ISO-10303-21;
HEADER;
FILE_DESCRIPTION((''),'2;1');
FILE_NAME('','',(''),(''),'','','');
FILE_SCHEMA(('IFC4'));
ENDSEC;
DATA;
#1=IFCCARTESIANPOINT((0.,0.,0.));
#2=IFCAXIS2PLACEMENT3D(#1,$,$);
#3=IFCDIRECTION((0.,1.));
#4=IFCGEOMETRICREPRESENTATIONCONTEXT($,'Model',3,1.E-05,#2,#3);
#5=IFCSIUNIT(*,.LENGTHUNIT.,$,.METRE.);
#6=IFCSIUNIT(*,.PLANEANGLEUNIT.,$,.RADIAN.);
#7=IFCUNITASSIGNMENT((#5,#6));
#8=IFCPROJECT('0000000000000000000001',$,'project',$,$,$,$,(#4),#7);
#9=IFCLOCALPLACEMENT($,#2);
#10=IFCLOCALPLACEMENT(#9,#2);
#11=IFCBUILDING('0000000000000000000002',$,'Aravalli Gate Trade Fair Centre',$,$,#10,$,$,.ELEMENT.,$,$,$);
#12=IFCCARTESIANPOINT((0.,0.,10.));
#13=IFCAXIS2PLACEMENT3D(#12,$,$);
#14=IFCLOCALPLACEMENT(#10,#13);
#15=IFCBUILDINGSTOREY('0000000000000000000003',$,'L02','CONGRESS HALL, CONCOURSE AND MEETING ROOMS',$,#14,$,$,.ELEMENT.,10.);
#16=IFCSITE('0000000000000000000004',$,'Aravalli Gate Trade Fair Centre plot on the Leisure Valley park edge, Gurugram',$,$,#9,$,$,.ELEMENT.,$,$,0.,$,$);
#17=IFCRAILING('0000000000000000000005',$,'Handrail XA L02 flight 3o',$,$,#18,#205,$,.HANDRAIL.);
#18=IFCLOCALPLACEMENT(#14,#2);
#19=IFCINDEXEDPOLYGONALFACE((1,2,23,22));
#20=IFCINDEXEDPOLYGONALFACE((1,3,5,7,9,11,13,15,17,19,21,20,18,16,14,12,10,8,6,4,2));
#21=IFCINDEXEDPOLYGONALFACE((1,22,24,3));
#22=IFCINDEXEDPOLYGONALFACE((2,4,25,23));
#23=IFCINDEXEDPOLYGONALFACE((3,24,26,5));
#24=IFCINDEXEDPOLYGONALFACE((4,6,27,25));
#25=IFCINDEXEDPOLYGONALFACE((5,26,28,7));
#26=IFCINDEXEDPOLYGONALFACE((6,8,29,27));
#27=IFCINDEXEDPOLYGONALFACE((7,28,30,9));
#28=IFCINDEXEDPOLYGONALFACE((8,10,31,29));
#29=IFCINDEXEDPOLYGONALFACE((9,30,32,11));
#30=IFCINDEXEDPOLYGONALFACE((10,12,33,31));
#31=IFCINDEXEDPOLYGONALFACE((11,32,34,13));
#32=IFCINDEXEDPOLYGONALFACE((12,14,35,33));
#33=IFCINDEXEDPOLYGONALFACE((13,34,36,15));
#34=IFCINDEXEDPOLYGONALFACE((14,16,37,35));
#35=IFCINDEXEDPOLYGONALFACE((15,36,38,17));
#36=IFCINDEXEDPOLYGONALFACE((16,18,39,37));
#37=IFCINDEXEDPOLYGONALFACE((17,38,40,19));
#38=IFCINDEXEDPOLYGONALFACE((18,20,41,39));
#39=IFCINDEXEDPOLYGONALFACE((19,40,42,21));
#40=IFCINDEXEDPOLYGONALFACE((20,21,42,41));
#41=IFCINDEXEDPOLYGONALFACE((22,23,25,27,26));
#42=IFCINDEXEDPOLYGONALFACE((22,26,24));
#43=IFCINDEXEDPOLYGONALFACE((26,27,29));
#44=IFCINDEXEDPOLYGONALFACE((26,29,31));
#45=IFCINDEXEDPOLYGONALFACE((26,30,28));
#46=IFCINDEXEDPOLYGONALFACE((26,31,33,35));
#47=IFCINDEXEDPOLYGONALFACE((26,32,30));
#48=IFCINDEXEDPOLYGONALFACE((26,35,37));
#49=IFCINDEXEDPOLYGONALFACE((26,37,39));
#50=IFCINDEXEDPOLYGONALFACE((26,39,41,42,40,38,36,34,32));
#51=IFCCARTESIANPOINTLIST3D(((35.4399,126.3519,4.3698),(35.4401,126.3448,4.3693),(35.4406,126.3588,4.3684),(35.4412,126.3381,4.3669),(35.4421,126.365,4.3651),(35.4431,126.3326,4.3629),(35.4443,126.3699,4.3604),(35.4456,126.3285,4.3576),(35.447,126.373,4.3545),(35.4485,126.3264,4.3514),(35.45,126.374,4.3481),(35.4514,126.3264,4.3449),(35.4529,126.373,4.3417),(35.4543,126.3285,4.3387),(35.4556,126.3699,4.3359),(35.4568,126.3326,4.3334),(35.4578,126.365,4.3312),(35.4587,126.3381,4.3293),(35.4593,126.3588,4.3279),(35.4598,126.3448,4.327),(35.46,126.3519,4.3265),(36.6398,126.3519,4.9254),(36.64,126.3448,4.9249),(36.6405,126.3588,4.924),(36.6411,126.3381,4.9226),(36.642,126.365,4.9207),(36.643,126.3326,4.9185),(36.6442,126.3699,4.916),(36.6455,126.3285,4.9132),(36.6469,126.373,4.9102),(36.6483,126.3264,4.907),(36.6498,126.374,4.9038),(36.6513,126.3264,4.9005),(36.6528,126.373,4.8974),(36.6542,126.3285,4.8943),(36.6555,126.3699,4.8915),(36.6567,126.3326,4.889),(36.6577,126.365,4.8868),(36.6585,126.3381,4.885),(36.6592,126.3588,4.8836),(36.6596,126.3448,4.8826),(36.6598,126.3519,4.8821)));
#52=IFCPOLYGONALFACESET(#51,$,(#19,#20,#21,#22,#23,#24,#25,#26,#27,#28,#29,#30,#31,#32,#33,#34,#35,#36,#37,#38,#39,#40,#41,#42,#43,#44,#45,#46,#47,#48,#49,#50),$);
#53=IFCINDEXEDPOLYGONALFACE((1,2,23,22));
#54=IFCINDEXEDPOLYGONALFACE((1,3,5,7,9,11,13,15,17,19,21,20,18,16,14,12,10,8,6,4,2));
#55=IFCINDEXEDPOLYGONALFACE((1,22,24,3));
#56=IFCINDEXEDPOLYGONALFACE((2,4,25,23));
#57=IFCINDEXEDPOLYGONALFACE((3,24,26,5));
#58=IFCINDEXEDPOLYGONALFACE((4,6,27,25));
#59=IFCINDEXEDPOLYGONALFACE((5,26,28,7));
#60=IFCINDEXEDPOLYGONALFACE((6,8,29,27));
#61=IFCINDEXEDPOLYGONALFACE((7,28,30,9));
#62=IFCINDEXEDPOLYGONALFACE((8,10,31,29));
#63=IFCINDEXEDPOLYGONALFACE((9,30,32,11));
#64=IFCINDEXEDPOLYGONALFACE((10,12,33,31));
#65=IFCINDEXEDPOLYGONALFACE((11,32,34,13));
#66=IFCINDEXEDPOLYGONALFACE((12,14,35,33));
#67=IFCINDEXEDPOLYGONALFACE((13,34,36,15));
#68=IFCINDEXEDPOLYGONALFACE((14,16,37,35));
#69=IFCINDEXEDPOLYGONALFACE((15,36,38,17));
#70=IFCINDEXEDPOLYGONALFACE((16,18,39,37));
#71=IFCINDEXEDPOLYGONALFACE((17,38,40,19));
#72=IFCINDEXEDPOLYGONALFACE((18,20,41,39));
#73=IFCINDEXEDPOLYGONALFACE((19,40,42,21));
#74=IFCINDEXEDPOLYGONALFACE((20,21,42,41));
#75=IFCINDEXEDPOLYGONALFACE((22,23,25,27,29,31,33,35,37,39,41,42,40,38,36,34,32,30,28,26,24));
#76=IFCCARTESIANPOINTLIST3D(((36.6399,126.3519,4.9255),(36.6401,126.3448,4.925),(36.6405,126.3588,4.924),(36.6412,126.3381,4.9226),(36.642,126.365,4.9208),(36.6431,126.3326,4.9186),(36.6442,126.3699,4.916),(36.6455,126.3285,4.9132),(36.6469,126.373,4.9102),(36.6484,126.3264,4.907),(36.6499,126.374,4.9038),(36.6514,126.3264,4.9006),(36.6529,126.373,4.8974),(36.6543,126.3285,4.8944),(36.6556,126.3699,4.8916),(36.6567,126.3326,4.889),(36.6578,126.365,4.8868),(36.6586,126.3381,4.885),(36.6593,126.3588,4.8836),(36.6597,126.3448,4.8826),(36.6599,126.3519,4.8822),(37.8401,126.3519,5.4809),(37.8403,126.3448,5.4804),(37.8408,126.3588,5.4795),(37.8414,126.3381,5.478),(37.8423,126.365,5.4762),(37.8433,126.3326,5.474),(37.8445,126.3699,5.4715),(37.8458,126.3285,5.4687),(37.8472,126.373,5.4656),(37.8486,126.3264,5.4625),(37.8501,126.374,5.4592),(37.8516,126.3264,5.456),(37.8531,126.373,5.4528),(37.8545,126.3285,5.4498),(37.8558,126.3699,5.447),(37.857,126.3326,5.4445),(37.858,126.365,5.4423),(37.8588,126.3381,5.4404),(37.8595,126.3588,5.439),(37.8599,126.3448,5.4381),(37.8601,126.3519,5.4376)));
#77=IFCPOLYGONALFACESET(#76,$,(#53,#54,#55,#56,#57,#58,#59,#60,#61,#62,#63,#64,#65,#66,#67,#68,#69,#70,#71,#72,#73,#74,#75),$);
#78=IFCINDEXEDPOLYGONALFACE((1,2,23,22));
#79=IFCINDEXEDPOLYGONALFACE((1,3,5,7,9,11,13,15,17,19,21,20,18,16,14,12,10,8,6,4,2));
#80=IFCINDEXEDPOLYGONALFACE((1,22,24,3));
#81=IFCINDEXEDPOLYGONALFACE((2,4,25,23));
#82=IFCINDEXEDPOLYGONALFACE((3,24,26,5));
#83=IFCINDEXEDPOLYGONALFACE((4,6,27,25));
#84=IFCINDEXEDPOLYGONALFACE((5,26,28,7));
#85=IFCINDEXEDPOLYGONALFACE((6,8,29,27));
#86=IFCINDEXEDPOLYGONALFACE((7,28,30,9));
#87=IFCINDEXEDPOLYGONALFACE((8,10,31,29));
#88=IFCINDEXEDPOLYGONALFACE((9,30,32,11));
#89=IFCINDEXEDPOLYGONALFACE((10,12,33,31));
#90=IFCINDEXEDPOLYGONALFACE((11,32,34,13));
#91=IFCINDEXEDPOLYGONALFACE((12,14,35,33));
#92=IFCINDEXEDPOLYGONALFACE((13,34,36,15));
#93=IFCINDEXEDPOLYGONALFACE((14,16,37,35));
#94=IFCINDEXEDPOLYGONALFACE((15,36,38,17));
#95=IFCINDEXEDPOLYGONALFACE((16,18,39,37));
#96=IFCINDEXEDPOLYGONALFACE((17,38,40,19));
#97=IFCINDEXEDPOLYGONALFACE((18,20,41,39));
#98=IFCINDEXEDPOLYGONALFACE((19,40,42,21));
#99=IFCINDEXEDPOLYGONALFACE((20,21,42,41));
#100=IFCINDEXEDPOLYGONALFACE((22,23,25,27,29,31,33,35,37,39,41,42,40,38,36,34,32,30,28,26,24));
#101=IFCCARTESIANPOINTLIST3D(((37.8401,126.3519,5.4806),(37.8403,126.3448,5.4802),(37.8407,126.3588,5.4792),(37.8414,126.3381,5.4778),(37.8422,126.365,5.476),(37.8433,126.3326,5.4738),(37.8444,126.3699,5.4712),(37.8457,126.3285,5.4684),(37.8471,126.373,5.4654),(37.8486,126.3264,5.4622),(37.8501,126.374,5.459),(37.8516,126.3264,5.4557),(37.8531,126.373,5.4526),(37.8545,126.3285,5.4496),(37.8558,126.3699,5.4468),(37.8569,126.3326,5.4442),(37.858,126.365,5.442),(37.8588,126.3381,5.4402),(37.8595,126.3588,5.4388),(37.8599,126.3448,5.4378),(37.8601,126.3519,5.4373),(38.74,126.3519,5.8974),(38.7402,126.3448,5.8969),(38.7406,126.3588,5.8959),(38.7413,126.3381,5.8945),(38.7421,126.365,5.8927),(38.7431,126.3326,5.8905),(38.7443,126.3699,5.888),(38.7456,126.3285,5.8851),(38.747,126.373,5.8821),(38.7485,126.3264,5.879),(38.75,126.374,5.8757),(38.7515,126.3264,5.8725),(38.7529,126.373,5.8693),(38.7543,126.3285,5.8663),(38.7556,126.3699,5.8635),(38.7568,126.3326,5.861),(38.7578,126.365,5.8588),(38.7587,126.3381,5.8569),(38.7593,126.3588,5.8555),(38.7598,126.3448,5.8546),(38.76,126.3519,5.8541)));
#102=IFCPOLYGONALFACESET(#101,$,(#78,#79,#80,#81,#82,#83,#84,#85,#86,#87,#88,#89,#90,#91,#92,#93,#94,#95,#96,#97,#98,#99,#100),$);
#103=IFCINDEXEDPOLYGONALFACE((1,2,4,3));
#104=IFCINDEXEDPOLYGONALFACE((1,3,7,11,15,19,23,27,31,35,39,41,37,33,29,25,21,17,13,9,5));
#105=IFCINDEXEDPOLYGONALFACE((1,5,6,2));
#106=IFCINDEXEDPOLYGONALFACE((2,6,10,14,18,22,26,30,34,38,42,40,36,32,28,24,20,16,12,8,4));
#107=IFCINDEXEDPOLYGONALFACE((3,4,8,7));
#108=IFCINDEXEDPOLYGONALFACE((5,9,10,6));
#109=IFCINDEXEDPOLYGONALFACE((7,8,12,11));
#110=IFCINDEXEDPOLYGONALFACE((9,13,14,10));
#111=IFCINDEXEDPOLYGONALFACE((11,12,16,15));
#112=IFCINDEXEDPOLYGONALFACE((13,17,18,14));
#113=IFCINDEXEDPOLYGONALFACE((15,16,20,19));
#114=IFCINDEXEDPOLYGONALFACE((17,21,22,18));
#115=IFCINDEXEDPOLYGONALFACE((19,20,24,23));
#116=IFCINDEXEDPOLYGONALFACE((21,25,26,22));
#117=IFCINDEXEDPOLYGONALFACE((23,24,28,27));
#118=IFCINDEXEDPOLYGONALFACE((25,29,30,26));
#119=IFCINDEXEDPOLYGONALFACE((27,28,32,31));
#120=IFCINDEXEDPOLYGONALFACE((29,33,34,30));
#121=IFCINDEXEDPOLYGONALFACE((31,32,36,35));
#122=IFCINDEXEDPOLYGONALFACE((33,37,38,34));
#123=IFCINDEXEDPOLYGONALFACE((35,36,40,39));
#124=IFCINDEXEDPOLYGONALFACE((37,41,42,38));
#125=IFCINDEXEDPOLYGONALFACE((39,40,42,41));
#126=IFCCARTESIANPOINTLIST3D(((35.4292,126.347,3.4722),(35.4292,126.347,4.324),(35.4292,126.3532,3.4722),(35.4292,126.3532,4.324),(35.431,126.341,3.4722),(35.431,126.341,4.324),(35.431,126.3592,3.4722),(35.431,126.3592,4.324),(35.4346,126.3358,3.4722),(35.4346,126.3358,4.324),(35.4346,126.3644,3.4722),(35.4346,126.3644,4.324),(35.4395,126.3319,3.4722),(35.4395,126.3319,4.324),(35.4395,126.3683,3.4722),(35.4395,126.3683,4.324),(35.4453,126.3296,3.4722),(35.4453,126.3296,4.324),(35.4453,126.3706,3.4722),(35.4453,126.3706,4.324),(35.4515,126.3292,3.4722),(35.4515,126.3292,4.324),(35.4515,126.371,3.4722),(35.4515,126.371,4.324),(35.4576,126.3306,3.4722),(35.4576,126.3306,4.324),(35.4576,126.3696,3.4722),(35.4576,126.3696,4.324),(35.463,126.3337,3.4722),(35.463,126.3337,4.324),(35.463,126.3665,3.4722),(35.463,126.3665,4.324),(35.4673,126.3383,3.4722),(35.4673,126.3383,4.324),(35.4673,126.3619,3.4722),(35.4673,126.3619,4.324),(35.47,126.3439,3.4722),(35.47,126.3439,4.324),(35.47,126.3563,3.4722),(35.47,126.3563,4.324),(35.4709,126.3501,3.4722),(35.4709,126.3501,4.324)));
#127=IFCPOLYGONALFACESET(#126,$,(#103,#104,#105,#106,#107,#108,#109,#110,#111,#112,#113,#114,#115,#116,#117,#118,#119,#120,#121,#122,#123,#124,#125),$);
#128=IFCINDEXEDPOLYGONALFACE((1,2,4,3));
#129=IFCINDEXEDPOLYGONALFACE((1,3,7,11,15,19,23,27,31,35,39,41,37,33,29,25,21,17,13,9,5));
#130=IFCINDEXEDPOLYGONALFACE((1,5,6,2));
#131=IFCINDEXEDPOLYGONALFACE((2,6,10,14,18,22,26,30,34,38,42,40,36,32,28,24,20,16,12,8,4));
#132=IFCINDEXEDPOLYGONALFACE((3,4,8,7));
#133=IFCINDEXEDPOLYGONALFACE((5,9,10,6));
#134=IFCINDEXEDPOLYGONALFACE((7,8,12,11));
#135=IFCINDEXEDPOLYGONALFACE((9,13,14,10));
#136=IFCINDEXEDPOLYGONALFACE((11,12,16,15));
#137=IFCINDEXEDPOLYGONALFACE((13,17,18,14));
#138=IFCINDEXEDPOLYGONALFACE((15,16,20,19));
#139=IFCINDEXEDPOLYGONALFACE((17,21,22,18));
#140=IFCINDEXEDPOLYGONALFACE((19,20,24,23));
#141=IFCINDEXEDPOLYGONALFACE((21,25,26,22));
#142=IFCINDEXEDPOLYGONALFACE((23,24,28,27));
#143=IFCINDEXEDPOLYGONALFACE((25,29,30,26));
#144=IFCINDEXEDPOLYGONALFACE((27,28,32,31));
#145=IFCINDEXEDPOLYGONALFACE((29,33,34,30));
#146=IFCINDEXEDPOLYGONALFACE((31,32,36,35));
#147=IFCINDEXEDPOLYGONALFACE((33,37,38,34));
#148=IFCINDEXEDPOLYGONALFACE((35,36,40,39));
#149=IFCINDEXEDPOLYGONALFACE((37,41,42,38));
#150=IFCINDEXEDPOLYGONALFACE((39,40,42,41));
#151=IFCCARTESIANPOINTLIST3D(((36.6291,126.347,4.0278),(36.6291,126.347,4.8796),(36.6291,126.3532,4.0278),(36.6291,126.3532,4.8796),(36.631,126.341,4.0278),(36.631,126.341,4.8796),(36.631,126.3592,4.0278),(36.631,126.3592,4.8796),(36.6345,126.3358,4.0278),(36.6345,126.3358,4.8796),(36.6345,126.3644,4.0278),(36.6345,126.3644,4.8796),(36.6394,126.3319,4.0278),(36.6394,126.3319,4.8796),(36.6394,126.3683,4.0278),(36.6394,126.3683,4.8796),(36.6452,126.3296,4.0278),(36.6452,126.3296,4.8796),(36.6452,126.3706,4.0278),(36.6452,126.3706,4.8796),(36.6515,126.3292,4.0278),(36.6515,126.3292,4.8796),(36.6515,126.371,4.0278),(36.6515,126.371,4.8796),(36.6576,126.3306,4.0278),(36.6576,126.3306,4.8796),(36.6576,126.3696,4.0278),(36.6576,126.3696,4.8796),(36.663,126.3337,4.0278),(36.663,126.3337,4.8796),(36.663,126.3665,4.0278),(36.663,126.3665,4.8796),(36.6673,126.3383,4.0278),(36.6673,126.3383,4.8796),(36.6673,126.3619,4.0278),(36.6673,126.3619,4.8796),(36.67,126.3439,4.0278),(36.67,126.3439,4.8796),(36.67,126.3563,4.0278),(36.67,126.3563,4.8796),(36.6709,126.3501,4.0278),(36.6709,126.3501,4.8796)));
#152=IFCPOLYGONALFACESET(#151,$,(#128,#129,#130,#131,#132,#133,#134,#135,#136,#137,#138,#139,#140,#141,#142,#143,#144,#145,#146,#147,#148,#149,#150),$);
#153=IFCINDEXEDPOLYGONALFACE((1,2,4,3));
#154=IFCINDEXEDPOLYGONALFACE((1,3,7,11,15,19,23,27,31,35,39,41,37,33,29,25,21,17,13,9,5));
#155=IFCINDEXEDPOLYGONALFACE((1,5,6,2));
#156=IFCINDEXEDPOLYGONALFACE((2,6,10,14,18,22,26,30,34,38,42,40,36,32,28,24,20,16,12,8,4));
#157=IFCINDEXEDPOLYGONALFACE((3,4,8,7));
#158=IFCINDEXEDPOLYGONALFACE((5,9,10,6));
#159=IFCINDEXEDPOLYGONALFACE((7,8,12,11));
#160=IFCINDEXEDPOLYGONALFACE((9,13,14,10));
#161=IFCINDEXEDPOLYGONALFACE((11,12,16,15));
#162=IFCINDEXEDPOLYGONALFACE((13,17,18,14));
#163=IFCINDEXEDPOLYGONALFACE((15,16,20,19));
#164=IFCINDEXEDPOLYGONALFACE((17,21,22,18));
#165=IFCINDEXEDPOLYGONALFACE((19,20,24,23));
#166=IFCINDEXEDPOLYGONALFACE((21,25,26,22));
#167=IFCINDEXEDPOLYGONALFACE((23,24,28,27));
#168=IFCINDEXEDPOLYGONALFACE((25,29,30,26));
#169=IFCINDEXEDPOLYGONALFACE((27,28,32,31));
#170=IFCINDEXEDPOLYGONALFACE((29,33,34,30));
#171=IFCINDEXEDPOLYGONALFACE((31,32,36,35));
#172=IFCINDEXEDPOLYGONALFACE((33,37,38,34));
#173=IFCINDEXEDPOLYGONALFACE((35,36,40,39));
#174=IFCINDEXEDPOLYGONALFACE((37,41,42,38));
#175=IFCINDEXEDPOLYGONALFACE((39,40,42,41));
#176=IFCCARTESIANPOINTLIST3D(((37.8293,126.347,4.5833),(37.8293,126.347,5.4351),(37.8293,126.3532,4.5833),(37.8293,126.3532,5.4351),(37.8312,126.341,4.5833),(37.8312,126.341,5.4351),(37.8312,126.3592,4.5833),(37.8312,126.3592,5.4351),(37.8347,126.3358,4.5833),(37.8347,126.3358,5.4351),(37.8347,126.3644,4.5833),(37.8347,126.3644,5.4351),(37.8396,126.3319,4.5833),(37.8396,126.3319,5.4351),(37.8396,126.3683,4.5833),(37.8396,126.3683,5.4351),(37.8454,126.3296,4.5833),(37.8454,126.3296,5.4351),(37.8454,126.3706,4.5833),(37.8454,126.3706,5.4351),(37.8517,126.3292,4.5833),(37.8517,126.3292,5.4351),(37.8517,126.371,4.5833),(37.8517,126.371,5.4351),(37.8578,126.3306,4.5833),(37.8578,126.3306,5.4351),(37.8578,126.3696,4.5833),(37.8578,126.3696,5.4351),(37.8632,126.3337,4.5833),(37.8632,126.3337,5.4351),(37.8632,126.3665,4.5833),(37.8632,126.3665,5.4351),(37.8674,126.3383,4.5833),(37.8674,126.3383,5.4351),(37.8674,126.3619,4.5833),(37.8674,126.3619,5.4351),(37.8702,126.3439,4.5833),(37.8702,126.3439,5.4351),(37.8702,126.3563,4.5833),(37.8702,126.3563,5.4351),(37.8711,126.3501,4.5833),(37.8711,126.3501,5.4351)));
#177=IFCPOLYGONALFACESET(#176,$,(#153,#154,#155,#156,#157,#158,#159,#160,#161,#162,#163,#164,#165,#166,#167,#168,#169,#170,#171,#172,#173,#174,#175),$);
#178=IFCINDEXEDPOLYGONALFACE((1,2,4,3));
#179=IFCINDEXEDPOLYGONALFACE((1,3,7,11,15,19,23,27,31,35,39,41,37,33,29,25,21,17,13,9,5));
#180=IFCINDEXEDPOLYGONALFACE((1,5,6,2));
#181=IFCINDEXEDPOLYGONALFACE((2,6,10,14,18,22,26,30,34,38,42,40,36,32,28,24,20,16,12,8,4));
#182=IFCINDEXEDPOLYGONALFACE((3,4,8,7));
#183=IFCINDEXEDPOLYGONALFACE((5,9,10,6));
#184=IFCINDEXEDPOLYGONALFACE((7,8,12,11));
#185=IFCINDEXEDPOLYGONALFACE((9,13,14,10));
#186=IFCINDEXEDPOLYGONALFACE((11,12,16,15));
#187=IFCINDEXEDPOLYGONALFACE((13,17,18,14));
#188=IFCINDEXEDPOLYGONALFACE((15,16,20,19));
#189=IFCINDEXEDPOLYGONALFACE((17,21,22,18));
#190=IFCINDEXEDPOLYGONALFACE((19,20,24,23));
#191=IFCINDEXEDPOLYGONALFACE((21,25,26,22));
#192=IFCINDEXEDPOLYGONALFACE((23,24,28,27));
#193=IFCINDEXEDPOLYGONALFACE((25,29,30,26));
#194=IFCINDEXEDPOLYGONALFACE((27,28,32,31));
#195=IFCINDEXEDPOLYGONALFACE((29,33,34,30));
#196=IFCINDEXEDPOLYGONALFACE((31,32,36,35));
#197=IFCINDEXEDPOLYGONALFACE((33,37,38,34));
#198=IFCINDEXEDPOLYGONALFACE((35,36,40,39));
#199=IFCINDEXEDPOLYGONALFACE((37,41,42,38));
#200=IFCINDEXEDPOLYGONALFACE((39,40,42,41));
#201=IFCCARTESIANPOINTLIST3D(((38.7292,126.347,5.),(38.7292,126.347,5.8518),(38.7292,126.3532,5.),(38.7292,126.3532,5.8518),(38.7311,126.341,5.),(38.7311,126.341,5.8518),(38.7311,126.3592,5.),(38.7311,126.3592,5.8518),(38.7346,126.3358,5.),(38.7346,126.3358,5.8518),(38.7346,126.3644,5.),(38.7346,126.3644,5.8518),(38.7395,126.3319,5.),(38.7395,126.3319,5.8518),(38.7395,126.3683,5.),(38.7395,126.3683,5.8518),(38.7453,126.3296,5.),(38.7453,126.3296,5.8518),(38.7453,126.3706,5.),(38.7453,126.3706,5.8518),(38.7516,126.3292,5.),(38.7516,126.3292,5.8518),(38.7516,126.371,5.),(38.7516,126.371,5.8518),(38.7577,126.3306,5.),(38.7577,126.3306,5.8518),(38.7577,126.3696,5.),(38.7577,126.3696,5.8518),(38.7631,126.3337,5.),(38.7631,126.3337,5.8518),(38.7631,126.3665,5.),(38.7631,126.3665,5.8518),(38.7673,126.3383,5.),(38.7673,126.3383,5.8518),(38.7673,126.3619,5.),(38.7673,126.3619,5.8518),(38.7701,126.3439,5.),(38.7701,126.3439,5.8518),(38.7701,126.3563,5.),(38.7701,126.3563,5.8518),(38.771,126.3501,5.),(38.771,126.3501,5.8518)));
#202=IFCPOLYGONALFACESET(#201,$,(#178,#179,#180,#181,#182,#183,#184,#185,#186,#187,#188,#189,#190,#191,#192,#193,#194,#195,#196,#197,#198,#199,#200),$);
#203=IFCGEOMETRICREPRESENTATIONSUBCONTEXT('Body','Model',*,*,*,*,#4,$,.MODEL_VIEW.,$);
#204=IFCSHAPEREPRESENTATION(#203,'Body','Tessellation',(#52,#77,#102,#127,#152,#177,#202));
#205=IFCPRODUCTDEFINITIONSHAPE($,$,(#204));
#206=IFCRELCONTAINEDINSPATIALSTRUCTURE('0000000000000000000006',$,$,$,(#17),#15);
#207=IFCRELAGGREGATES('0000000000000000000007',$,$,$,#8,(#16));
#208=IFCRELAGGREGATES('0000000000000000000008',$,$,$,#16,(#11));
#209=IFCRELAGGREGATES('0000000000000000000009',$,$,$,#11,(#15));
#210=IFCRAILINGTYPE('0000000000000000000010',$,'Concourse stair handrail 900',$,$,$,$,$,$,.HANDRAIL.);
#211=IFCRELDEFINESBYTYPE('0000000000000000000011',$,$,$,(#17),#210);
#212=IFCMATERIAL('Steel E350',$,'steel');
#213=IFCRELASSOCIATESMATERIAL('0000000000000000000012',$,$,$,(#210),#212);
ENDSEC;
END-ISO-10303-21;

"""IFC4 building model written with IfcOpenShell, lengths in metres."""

from ifc_helpers import new_model, si_unit, direction, frame, origin, origin_2d, place, context, subcontext, project, spatial, circle, extrude, material, type_object, element, save


model = new_model("IFC4")

# Units and contexts
model_context = context("Model", 3, precision=1e-05, world=origin(), true_north=direction((0.0, 1.0)))
body_context = subcontext(model_context, "Body", "Model", "MODEL_VIEW")
ifc_project = project(units=[si_unit("LENGTHUNIT", "METRE"), si_unit("PLANEANGLEUNIT", "RADIAN")], contexts=[model_context])

# Site, building, storey
site_placement = place(None, origin())
site = spatial("IfcSite", under=ifc_project, at=site_placement, Name="Aravalli Gate Trade Fair Centre plot on the Leisure Valley park edge, Gurugram", CompositionType="ELEMENT", RefElevation=0.0)
building_placement = place(site_placement, origin())
building = spatial("IfcBuilding", under=site, at=building_placement, Name="Aravalli Gate Trade Fair Centre", CompositionType="ELEMENT")
storey_placement = place(building_placement, frame((0.0, 0.0, 10.0)))
storey = spatial("IfcBuildingStorey", under=building, at=storey_placement, Name="L02", Description="CONGRESS HALL, CONCOURSE AND MEETING ROOMS", CompositionType="ELEMENT", Elevation=10.0)

# Shared definitions
ifc_material_1 = material(Name="Steel E350", Category="steel")

# Railing
railing_type_1 = type_object("IfcRailingType", Name="Concourse stair handrail 900", PredefinedType="HANDRAIL", material=ifc_material_1)
railing_1_placement = place(storey_placement, frame((35.45, 126.3501, 3.4722)))
element("IfcRailing", 1, at=railing_1_placement, inside=storey, type_object=railing_type_1, Name="Handrail XA L02 flight 3o", PredefinedType="HANDRAIL", context=body_context, shape_type="SweptSolid", body=[
    extrude(circle(Radius=0.0239, at=origin_2d()), frame((0.0, 0.0, 0.876), z_axis=(0.907429, 0.0, 0.420205), x_axis=(0.0, 1.0, 0.0)), (0.0, 0.0, 1.0), 1.3223),
    extrude(circle(Radius=0.0239, at=origin_2d()), frame((1.2, 0.0, 1.4316), z_axis=(0.907532, 0.0, 0.419983), x_axis=(0.0, 1.0, 0.0)), (0.0, 0.0, 1.0), 1.3225),
    extrude(circle(Radius=0.0239, at=origin_2d()), frame((2.4001, 0.0, 1.9868), z_axis=(0.907418, 0.0, 0.420229), x_axis=(0.0, 1.0, 0.0)), (0.0, 0.0, 1.0), 0.9917),
    extrude(circle(Radius=0.021, at=origin_2d()), origin(), (0.0, 0.0, 1.0), 0.8518),
    extrude(circle(Radius=0.021, at=origin_2d()), frame((1.2, 0.0, 0.5557)), (0.0, 0.0, 1.0), 0.8518),
    extrude(circle(Radius=0.021, at=origin_2d()), frame((2.4001, 0.0, 1.1111)), (0.0, 0.0, 1.0), 0.8518),
    extrude(circle(Radius=0.021, at=origin_2d()), frame((3.3, 0.0, 1.5278)), (0.0, 0.0, 1.0), 0.8518),
])

save(model, "model.ifc")
